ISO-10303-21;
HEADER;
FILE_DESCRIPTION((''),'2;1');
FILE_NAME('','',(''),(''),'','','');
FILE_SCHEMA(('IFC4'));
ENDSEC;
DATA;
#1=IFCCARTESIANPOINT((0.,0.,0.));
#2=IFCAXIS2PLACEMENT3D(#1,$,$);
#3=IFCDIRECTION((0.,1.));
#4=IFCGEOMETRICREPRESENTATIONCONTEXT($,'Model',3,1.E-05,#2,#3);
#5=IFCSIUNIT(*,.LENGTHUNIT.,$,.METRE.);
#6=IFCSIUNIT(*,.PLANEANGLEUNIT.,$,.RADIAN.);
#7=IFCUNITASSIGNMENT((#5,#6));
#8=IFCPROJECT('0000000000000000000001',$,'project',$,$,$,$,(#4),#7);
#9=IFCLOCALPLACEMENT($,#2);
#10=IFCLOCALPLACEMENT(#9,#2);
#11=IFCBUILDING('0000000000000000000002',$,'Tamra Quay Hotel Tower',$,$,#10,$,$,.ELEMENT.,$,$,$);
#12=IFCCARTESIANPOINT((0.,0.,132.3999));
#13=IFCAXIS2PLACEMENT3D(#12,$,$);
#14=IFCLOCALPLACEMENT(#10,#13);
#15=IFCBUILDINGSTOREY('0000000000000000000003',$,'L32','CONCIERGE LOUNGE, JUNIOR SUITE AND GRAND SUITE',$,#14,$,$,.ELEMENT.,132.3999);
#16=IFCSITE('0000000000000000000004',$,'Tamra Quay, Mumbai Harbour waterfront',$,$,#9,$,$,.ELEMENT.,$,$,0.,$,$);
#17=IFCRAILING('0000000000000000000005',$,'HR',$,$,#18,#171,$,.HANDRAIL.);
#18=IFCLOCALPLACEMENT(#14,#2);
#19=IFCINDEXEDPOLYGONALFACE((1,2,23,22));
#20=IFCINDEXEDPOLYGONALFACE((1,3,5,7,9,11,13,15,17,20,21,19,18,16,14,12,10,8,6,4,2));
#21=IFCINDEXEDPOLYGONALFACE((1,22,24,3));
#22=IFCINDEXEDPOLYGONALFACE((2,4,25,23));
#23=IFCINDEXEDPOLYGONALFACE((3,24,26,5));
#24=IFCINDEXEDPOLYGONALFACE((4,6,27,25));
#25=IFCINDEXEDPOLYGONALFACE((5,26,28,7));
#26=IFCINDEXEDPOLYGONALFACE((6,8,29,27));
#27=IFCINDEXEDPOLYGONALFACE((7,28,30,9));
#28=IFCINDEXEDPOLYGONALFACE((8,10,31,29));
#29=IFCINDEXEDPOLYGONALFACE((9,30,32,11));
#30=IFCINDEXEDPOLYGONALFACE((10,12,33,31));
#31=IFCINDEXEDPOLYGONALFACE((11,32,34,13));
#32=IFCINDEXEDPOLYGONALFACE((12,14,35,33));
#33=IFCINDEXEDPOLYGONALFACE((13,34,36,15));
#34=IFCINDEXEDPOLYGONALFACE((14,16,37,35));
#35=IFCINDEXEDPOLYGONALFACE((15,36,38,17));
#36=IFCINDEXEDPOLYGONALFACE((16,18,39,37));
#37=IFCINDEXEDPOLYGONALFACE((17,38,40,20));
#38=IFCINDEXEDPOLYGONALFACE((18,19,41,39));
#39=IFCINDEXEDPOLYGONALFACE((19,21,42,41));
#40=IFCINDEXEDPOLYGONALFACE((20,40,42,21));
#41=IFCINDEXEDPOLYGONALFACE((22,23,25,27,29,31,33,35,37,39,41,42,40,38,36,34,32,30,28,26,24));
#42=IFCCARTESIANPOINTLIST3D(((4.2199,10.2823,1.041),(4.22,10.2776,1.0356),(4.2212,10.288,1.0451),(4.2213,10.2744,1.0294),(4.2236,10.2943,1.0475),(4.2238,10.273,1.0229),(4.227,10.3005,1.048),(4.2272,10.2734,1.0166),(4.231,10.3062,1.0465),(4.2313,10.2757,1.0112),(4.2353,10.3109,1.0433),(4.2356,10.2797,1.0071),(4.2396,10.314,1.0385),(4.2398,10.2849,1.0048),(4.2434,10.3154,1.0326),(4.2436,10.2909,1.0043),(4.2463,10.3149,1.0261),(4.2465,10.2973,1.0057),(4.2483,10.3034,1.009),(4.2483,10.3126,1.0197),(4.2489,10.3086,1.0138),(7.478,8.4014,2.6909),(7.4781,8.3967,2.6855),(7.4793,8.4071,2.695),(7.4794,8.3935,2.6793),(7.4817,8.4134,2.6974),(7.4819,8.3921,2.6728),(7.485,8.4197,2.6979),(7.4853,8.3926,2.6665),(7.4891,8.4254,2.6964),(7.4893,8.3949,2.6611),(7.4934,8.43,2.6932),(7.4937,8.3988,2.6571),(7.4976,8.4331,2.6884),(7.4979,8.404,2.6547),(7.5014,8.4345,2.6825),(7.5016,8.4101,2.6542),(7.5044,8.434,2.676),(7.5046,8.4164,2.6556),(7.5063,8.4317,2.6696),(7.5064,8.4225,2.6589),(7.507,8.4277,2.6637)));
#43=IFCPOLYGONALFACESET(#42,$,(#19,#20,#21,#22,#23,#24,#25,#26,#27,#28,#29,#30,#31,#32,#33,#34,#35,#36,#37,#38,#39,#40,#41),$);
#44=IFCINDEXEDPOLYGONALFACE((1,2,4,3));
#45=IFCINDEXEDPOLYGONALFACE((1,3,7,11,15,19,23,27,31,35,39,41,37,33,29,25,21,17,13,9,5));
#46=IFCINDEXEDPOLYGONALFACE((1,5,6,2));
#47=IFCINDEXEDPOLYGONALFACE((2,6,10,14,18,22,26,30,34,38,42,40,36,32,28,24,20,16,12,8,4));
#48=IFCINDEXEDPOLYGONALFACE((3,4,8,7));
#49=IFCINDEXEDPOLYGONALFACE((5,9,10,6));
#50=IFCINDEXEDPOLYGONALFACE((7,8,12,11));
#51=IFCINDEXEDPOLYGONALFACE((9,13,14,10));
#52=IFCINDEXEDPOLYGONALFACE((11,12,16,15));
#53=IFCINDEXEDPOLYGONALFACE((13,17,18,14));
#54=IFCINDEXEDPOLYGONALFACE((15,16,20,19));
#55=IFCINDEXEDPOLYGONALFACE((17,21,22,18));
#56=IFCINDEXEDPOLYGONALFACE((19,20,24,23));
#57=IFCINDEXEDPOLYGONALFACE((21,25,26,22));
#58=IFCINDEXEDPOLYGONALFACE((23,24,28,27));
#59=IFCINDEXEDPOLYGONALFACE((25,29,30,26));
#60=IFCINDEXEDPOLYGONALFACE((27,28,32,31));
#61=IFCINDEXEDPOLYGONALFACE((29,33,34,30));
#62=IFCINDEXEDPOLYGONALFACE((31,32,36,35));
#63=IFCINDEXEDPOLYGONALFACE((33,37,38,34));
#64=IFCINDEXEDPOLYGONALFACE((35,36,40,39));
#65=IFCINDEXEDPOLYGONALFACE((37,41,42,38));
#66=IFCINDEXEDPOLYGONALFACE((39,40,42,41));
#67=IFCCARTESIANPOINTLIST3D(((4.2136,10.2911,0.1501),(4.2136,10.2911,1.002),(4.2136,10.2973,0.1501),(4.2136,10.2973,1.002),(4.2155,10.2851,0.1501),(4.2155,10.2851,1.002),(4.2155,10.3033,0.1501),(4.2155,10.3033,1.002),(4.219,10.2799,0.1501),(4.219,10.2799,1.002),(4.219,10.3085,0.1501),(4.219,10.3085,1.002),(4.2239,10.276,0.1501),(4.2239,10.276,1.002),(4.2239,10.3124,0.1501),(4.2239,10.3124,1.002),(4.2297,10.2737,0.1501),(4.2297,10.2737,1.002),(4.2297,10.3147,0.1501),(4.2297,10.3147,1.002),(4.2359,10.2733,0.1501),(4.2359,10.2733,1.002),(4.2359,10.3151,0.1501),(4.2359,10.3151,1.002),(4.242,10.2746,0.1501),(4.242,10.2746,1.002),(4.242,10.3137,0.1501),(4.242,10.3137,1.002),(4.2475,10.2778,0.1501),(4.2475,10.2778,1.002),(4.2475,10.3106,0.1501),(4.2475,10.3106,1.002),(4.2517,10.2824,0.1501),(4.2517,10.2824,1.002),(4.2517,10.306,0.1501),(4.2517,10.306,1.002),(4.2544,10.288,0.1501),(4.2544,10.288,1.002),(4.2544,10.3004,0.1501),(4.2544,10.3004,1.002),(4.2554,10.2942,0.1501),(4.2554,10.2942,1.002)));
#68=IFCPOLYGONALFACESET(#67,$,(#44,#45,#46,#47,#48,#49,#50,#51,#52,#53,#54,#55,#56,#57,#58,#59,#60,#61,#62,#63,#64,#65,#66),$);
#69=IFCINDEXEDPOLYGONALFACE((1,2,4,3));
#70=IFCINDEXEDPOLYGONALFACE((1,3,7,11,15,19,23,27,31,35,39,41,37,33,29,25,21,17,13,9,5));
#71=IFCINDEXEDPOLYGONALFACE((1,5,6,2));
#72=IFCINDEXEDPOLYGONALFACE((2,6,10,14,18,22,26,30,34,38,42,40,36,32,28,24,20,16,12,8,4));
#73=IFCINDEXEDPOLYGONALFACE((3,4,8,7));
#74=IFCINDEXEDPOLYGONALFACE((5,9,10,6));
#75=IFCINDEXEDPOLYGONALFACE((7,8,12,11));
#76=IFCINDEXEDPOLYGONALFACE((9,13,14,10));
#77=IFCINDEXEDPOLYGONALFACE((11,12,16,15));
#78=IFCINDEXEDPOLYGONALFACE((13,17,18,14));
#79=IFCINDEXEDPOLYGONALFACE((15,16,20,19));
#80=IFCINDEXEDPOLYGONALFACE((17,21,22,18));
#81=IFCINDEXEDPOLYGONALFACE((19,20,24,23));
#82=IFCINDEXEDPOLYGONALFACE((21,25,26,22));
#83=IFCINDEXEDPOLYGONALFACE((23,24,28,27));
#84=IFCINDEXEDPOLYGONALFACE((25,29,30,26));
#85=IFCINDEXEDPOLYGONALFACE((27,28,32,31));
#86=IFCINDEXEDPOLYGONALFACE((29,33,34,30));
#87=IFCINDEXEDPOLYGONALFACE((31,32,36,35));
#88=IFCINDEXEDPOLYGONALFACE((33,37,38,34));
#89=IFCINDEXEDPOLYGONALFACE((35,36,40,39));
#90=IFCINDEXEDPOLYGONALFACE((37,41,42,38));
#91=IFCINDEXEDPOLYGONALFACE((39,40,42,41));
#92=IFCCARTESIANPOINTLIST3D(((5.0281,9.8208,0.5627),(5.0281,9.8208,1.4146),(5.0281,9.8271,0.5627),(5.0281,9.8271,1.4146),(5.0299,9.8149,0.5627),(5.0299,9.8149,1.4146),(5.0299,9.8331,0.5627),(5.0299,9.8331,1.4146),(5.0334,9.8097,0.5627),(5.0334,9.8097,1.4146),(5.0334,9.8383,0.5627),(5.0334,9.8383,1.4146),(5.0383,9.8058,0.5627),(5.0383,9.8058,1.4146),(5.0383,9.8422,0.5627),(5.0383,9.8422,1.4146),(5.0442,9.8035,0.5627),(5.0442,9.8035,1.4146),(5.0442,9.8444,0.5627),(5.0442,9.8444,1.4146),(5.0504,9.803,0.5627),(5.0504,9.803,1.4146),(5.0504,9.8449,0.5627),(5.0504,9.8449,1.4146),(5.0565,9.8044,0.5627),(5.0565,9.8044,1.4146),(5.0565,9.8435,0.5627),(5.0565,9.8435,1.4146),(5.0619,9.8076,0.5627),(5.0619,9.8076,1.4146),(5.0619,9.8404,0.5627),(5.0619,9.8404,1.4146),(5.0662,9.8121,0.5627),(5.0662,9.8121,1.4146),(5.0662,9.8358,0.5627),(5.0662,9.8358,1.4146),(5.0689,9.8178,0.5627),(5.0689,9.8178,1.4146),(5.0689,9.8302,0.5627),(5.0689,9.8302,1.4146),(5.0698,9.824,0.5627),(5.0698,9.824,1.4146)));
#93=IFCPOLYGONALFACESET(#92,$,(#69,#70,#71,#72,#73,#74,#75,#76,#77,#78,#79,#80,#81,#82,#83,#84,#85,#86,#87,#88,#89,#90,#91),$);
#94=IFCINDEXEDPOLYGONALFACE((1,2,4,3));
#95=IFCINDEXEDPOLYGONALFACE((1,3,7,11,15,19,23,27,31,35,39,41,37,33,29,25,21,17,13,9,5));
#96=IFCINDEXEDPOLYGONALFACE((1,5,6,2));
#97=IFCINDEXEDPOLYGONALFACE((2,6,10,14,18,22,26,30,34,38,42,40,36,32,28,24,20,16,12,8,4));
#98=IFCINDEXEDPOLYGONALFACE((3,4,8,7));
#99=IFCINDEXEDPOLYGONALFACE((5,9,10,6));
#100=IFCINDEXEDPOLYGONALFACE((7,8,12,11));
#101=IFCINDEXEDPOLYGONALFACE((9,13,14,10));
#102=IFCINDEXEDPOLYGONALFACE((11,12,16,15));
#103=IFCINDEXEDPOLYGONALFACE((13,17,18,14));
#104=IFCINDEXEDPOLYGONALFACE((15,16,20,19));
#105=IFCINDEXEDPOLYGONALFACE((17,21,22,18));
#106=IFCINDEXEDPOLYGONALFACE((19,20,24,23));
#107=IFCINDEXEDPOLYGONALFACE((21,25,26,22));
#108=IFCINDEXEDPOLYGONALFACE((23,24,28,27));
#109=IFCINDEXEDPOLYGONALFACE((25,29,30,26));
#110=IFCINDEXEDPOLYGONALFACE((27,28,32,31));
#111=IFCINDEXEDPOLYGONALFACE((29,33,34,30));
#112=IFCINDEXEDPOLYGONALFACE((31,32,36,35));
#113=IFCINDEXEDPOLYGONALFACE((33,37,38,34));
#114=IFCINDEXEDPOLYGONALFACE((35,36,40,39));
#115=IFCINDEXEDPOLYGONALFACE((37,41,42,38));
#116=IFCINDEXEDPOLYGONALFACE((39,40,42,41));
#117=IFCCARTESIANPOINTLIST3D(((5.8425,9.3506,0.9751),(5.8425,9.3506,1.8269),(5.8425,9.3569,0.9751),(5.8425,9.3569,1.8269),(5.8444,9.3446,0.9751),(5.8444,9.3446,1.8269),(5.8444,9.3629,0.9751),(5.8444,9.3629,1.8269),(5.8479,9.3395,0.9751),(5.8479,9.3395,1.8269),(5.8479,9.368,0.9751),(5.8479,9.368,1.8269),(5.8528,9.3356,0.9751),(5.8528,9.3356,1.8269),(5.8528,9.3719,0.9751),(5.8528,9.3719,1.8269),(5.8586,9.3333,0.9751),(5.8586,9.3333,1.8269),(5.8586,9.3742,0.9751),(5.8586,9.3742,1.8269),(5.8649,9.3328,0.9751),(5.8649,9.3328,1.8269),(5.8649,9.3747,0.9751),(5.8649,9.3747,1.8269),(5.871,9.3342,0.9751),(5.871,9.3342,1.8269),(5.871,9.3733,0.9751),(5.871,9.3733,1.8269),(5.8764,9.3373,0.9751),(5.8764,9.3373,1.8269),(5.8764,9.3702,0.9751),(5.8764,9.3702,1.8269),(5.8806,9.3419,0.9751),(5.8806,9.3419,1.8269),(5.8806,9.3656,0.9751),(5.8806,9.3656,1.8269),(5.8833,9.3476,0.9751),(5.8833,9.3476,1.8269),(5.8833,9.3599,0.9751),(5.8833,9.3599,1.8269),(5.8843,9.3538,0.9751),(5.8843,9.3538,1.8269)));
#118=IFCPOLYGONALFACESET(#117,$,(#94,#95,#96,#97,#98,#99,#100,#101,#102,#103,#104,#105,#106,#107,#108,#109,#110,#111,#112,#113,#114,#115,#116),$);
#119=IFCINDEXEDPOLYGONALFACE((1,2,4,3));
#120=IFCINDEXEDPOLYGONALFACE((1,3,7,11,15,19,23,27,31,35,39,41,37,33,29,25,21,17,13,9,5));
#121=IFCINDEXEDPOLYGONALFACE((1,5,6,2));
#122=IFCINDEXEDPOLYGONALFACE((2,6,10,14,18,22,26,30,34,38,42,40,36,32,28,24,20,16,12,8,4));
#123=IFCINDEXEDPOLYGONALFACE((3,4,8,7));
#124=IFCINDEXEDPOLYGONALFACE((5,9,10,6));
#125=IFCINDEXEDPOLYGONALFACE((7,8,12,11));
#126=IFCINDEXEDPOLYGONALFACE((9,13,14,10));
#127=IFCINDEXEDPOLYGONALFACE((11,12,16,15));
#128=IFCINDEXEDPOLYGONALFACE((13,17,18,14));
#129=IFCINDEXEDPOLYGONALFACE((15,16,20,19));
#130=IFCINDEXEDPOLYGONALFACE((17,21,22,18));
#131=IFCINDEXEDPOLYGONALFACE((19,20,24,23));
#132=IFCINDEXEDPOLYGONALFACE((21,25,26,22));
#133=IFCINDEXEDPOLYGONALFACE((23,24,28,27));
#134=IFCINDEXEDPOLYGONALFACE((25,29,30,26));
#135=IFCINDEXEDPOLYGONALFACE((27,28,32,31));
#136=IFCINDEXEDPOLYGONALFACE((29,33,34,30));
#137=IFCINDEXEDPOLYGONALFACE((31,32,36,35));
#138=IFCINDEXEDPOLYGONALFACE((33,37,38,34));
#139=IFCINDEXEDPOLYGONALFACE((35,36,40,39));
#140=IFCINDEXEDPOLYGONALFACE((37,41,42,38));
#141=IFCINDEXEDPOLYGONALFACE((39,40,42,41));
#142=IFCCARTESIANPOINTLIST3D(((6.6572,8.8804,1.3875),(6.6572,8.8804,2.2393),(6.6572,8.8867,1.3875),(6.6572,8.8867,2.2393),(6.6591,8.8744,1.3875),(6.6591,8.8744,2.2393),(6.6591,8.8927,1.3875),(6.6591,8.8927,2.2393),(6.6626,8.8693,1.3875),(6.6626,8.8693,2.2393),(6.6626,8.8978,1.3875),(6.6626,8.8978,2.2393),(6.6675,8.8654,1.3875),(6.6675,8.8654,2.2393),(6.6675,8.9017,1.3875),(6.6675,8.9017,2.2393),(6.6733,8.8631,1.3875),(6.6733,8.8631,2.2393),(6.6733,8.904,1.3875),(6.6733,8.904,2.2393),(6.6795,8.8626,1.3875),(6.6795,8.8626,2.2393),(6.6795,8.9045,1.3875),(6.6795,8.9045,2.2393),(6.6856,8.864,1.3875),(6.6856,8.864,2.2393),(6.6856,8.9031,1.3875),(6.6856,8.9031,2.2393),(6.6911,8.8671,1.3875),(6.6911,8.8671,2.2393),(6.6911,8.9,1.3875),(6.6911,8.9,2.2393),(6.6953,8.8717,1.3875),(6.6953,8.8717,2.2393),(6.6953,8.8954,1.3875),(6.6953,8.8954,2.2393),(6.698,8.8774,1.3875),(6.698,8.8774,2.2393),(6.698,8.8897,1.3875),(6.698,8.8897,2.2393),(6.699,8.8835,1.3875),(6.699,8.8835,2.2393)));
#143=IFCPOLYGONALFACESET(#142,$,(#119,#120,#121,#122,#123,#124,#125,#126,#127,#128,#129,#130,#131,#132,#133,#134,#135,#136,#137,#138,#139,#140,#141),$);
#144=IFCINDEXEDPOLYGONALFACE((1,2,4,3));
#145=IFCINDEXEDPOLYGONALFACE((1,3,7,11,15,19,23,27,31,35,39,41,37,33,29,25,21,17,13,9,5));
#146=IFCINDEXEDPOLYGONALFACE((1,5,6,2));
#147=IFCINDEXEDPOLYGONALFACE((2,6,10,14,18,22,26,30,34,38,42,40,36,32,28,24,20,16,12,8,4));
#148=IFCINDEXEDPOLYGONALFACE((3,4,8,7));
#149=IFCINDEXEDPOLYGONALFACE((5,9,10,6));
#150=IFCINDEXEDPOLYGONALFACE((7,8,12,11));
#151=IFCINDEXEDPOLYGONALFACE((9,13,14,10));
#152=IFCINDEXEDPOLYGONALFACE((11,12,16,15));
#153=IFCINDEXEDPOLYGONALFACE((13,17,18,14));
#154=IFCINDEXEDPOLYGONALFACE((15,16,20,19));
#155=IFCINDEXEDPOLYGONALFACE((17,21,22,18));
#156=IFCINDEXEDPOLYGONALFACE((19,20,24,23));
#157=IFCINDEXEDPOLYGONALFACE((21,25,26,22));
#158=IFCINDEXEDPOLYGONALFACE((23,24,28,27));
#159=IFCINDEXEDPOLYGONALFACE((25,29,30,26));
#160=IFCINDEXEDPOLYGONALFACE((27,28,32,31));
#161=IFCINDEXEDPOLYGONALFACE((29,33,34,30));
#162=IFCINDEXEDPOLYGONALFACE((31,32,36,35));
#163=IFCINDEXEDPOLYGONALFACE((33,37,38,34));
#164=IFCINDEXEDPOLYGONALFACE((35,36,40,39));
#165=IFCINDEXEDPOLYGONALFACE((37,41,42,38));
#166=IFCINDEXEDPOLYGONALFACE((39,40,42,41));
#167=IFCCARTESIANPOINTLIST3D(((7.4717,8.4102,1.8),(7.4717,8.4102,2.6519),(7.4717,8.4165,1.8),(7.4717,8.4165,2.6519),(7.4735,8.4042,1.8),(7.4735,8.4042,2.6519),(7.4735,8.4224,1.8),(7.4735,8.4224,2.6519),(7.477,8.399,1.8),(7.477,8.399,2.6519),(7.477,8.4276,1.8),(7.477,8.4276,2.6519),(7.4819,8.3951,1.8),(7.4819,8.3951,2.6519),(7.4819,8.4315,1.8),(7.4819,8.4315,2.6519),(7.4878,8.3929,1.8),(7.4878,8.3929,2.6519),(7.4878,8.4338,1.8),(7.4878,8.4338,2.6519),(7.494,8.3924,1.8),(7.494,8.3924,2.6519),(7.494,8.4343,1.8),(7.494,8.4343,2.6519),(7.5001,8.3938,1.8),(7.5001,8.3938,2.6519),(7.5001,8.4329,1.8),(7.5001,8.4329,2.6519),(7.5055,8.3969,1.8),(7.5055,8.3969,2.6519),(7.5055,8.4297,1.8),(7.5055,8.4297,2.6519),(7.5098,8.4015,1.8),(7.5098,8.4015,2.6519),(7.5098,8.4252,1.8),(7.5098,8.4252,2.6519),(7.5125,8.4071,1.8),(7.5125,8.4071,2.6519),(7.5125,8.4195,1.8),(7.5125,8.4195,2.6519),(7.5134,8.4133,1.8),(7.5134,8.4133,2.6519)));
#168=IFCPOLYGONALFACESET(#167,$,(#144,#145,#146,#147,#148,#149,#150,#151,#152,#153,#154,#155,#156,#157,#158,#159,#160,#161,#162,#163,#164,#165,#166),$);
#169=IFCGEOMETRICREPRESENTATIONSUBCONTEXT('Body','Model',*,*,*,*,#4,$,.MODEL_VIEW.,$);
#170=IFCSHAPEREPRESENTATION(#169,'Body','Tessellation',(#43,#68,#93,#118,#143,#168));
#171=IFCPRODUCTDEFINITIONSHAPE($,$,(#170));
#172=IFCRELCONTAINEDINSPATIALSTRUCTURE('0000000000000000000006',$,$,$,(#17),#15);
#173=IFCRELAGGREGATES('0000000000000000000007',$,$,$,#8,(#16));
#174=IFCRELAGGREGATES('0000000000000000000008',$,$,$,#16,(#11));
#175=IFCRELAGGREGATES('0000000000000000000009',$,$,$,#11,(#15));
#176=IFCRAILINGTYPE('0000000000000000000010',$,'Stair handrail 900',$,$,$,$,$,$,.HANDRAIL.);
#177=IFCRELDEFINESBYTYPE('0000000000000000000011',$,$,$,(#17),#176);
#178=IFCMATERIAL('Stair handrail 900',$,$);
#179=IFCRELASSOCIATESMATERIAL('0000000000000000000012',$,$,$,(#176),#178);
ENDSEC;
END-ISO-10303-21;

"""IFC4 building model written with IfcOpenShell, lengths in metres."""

from ifc_helpers import new_model, si_unit, direction, frame, origin, origin_2d, place, context, subcontext, project, spatial, circle, extrude, material, type_object, element, save


model = new_model("IFC4")

# Units and contexts
model_context = context("Model", 3, precision=1e-05, world=origin(), true_north=direction((0.0, 1.0)))
body_context = subcontext(model_context, "Body", "Model", "MODEL_VIEW")
ifc_project = project(units=[si_unit("LENGTHUNIT", "METRE"), si_unit("PLANEANGLEUNIT", "RADIAN")], contexts=[model_context])

# Site, building, storey
site_placement = place(None, origin())
site = spatial("IfcSite", under=ifc_project, at=site_placement, Name="Tamra Quay, Mumbai Harbour waterfront", CompositionType="ELEMENT", RefElevation=0.0)
building_placement = place(site_placement, origin())
building = spatial("IfcBuilding", under=site, at=building_placement, Name="Tamra Quay Hotel Tower", CompositionType="ELEMENT")
storey_placement = place(building_placement, frame((0.0, 0.0, 132.3999)))
storey = spatial("IfcBuildingStorey", under=building, at=storey_placement, Name="L32", Description="CONCIERGE LOUNGE, JUNIOR SUITE AND GRAND SUITE", CompositionType="ELEMENT", Elevation=132.3999)

# Railing
ifc_material_1 = material(Name="Stair handrail 900")
railing_type_1 = type_object("IfcRailingType", Name="Stair handrail 900", PredefinedType="HANDRAIL", material=ifc_material_1)
railing_1_placement = place(storey_placement, frame((4.2344, 10.2942, 0.1501)))
element("IfcRailing", 1, at=railing_1_placement, inside=storey, type_object=railing_type_1, Name="HR", PredefinedType="HANDRAIL", context=body_context, shape_type="SweptSolid", body=[
    extrude(circle(Radius=0.0239, at=origin_2d()), frame((0.0, 0.0, 0.876), z_axis=(0.793122, -0.457865, 0.401642), x_axis=(0.499964, 0.866046, 0.0)), (0.0, 0.0, 1.0), 4.1079),
    extrude(circle(Radius=0.021, at=origin_2d()), origin(), (0.0, 0.0, 1.0), 0.8518),
    extrude(circle(Radius=0.021, at=origin_2d()), frame((0.8145, -0.4702, 0.4126)), (0.0, 0.0, 1.0), 0.8518),
    extrude(circle(Radius=0.021, at=origin_2d()), frame((1.6289, -0.9404, 0.825)), (0.0, 0.0, 1.0), 0.8518),
    extrude(circle(Radius=0.021, at=origin_2d()), frame((2.4436, -1.4106, 1.2373)), (0.0, 0.0, 1.0), 0.8518),
    extrude(circle(Radius=0.021, at=origin_2d()), frame((3.2581, -1.8809, 1.6499)), (0.0, 0.0, 1.0), 0.8518),
])

save(model, "model.ifc")
